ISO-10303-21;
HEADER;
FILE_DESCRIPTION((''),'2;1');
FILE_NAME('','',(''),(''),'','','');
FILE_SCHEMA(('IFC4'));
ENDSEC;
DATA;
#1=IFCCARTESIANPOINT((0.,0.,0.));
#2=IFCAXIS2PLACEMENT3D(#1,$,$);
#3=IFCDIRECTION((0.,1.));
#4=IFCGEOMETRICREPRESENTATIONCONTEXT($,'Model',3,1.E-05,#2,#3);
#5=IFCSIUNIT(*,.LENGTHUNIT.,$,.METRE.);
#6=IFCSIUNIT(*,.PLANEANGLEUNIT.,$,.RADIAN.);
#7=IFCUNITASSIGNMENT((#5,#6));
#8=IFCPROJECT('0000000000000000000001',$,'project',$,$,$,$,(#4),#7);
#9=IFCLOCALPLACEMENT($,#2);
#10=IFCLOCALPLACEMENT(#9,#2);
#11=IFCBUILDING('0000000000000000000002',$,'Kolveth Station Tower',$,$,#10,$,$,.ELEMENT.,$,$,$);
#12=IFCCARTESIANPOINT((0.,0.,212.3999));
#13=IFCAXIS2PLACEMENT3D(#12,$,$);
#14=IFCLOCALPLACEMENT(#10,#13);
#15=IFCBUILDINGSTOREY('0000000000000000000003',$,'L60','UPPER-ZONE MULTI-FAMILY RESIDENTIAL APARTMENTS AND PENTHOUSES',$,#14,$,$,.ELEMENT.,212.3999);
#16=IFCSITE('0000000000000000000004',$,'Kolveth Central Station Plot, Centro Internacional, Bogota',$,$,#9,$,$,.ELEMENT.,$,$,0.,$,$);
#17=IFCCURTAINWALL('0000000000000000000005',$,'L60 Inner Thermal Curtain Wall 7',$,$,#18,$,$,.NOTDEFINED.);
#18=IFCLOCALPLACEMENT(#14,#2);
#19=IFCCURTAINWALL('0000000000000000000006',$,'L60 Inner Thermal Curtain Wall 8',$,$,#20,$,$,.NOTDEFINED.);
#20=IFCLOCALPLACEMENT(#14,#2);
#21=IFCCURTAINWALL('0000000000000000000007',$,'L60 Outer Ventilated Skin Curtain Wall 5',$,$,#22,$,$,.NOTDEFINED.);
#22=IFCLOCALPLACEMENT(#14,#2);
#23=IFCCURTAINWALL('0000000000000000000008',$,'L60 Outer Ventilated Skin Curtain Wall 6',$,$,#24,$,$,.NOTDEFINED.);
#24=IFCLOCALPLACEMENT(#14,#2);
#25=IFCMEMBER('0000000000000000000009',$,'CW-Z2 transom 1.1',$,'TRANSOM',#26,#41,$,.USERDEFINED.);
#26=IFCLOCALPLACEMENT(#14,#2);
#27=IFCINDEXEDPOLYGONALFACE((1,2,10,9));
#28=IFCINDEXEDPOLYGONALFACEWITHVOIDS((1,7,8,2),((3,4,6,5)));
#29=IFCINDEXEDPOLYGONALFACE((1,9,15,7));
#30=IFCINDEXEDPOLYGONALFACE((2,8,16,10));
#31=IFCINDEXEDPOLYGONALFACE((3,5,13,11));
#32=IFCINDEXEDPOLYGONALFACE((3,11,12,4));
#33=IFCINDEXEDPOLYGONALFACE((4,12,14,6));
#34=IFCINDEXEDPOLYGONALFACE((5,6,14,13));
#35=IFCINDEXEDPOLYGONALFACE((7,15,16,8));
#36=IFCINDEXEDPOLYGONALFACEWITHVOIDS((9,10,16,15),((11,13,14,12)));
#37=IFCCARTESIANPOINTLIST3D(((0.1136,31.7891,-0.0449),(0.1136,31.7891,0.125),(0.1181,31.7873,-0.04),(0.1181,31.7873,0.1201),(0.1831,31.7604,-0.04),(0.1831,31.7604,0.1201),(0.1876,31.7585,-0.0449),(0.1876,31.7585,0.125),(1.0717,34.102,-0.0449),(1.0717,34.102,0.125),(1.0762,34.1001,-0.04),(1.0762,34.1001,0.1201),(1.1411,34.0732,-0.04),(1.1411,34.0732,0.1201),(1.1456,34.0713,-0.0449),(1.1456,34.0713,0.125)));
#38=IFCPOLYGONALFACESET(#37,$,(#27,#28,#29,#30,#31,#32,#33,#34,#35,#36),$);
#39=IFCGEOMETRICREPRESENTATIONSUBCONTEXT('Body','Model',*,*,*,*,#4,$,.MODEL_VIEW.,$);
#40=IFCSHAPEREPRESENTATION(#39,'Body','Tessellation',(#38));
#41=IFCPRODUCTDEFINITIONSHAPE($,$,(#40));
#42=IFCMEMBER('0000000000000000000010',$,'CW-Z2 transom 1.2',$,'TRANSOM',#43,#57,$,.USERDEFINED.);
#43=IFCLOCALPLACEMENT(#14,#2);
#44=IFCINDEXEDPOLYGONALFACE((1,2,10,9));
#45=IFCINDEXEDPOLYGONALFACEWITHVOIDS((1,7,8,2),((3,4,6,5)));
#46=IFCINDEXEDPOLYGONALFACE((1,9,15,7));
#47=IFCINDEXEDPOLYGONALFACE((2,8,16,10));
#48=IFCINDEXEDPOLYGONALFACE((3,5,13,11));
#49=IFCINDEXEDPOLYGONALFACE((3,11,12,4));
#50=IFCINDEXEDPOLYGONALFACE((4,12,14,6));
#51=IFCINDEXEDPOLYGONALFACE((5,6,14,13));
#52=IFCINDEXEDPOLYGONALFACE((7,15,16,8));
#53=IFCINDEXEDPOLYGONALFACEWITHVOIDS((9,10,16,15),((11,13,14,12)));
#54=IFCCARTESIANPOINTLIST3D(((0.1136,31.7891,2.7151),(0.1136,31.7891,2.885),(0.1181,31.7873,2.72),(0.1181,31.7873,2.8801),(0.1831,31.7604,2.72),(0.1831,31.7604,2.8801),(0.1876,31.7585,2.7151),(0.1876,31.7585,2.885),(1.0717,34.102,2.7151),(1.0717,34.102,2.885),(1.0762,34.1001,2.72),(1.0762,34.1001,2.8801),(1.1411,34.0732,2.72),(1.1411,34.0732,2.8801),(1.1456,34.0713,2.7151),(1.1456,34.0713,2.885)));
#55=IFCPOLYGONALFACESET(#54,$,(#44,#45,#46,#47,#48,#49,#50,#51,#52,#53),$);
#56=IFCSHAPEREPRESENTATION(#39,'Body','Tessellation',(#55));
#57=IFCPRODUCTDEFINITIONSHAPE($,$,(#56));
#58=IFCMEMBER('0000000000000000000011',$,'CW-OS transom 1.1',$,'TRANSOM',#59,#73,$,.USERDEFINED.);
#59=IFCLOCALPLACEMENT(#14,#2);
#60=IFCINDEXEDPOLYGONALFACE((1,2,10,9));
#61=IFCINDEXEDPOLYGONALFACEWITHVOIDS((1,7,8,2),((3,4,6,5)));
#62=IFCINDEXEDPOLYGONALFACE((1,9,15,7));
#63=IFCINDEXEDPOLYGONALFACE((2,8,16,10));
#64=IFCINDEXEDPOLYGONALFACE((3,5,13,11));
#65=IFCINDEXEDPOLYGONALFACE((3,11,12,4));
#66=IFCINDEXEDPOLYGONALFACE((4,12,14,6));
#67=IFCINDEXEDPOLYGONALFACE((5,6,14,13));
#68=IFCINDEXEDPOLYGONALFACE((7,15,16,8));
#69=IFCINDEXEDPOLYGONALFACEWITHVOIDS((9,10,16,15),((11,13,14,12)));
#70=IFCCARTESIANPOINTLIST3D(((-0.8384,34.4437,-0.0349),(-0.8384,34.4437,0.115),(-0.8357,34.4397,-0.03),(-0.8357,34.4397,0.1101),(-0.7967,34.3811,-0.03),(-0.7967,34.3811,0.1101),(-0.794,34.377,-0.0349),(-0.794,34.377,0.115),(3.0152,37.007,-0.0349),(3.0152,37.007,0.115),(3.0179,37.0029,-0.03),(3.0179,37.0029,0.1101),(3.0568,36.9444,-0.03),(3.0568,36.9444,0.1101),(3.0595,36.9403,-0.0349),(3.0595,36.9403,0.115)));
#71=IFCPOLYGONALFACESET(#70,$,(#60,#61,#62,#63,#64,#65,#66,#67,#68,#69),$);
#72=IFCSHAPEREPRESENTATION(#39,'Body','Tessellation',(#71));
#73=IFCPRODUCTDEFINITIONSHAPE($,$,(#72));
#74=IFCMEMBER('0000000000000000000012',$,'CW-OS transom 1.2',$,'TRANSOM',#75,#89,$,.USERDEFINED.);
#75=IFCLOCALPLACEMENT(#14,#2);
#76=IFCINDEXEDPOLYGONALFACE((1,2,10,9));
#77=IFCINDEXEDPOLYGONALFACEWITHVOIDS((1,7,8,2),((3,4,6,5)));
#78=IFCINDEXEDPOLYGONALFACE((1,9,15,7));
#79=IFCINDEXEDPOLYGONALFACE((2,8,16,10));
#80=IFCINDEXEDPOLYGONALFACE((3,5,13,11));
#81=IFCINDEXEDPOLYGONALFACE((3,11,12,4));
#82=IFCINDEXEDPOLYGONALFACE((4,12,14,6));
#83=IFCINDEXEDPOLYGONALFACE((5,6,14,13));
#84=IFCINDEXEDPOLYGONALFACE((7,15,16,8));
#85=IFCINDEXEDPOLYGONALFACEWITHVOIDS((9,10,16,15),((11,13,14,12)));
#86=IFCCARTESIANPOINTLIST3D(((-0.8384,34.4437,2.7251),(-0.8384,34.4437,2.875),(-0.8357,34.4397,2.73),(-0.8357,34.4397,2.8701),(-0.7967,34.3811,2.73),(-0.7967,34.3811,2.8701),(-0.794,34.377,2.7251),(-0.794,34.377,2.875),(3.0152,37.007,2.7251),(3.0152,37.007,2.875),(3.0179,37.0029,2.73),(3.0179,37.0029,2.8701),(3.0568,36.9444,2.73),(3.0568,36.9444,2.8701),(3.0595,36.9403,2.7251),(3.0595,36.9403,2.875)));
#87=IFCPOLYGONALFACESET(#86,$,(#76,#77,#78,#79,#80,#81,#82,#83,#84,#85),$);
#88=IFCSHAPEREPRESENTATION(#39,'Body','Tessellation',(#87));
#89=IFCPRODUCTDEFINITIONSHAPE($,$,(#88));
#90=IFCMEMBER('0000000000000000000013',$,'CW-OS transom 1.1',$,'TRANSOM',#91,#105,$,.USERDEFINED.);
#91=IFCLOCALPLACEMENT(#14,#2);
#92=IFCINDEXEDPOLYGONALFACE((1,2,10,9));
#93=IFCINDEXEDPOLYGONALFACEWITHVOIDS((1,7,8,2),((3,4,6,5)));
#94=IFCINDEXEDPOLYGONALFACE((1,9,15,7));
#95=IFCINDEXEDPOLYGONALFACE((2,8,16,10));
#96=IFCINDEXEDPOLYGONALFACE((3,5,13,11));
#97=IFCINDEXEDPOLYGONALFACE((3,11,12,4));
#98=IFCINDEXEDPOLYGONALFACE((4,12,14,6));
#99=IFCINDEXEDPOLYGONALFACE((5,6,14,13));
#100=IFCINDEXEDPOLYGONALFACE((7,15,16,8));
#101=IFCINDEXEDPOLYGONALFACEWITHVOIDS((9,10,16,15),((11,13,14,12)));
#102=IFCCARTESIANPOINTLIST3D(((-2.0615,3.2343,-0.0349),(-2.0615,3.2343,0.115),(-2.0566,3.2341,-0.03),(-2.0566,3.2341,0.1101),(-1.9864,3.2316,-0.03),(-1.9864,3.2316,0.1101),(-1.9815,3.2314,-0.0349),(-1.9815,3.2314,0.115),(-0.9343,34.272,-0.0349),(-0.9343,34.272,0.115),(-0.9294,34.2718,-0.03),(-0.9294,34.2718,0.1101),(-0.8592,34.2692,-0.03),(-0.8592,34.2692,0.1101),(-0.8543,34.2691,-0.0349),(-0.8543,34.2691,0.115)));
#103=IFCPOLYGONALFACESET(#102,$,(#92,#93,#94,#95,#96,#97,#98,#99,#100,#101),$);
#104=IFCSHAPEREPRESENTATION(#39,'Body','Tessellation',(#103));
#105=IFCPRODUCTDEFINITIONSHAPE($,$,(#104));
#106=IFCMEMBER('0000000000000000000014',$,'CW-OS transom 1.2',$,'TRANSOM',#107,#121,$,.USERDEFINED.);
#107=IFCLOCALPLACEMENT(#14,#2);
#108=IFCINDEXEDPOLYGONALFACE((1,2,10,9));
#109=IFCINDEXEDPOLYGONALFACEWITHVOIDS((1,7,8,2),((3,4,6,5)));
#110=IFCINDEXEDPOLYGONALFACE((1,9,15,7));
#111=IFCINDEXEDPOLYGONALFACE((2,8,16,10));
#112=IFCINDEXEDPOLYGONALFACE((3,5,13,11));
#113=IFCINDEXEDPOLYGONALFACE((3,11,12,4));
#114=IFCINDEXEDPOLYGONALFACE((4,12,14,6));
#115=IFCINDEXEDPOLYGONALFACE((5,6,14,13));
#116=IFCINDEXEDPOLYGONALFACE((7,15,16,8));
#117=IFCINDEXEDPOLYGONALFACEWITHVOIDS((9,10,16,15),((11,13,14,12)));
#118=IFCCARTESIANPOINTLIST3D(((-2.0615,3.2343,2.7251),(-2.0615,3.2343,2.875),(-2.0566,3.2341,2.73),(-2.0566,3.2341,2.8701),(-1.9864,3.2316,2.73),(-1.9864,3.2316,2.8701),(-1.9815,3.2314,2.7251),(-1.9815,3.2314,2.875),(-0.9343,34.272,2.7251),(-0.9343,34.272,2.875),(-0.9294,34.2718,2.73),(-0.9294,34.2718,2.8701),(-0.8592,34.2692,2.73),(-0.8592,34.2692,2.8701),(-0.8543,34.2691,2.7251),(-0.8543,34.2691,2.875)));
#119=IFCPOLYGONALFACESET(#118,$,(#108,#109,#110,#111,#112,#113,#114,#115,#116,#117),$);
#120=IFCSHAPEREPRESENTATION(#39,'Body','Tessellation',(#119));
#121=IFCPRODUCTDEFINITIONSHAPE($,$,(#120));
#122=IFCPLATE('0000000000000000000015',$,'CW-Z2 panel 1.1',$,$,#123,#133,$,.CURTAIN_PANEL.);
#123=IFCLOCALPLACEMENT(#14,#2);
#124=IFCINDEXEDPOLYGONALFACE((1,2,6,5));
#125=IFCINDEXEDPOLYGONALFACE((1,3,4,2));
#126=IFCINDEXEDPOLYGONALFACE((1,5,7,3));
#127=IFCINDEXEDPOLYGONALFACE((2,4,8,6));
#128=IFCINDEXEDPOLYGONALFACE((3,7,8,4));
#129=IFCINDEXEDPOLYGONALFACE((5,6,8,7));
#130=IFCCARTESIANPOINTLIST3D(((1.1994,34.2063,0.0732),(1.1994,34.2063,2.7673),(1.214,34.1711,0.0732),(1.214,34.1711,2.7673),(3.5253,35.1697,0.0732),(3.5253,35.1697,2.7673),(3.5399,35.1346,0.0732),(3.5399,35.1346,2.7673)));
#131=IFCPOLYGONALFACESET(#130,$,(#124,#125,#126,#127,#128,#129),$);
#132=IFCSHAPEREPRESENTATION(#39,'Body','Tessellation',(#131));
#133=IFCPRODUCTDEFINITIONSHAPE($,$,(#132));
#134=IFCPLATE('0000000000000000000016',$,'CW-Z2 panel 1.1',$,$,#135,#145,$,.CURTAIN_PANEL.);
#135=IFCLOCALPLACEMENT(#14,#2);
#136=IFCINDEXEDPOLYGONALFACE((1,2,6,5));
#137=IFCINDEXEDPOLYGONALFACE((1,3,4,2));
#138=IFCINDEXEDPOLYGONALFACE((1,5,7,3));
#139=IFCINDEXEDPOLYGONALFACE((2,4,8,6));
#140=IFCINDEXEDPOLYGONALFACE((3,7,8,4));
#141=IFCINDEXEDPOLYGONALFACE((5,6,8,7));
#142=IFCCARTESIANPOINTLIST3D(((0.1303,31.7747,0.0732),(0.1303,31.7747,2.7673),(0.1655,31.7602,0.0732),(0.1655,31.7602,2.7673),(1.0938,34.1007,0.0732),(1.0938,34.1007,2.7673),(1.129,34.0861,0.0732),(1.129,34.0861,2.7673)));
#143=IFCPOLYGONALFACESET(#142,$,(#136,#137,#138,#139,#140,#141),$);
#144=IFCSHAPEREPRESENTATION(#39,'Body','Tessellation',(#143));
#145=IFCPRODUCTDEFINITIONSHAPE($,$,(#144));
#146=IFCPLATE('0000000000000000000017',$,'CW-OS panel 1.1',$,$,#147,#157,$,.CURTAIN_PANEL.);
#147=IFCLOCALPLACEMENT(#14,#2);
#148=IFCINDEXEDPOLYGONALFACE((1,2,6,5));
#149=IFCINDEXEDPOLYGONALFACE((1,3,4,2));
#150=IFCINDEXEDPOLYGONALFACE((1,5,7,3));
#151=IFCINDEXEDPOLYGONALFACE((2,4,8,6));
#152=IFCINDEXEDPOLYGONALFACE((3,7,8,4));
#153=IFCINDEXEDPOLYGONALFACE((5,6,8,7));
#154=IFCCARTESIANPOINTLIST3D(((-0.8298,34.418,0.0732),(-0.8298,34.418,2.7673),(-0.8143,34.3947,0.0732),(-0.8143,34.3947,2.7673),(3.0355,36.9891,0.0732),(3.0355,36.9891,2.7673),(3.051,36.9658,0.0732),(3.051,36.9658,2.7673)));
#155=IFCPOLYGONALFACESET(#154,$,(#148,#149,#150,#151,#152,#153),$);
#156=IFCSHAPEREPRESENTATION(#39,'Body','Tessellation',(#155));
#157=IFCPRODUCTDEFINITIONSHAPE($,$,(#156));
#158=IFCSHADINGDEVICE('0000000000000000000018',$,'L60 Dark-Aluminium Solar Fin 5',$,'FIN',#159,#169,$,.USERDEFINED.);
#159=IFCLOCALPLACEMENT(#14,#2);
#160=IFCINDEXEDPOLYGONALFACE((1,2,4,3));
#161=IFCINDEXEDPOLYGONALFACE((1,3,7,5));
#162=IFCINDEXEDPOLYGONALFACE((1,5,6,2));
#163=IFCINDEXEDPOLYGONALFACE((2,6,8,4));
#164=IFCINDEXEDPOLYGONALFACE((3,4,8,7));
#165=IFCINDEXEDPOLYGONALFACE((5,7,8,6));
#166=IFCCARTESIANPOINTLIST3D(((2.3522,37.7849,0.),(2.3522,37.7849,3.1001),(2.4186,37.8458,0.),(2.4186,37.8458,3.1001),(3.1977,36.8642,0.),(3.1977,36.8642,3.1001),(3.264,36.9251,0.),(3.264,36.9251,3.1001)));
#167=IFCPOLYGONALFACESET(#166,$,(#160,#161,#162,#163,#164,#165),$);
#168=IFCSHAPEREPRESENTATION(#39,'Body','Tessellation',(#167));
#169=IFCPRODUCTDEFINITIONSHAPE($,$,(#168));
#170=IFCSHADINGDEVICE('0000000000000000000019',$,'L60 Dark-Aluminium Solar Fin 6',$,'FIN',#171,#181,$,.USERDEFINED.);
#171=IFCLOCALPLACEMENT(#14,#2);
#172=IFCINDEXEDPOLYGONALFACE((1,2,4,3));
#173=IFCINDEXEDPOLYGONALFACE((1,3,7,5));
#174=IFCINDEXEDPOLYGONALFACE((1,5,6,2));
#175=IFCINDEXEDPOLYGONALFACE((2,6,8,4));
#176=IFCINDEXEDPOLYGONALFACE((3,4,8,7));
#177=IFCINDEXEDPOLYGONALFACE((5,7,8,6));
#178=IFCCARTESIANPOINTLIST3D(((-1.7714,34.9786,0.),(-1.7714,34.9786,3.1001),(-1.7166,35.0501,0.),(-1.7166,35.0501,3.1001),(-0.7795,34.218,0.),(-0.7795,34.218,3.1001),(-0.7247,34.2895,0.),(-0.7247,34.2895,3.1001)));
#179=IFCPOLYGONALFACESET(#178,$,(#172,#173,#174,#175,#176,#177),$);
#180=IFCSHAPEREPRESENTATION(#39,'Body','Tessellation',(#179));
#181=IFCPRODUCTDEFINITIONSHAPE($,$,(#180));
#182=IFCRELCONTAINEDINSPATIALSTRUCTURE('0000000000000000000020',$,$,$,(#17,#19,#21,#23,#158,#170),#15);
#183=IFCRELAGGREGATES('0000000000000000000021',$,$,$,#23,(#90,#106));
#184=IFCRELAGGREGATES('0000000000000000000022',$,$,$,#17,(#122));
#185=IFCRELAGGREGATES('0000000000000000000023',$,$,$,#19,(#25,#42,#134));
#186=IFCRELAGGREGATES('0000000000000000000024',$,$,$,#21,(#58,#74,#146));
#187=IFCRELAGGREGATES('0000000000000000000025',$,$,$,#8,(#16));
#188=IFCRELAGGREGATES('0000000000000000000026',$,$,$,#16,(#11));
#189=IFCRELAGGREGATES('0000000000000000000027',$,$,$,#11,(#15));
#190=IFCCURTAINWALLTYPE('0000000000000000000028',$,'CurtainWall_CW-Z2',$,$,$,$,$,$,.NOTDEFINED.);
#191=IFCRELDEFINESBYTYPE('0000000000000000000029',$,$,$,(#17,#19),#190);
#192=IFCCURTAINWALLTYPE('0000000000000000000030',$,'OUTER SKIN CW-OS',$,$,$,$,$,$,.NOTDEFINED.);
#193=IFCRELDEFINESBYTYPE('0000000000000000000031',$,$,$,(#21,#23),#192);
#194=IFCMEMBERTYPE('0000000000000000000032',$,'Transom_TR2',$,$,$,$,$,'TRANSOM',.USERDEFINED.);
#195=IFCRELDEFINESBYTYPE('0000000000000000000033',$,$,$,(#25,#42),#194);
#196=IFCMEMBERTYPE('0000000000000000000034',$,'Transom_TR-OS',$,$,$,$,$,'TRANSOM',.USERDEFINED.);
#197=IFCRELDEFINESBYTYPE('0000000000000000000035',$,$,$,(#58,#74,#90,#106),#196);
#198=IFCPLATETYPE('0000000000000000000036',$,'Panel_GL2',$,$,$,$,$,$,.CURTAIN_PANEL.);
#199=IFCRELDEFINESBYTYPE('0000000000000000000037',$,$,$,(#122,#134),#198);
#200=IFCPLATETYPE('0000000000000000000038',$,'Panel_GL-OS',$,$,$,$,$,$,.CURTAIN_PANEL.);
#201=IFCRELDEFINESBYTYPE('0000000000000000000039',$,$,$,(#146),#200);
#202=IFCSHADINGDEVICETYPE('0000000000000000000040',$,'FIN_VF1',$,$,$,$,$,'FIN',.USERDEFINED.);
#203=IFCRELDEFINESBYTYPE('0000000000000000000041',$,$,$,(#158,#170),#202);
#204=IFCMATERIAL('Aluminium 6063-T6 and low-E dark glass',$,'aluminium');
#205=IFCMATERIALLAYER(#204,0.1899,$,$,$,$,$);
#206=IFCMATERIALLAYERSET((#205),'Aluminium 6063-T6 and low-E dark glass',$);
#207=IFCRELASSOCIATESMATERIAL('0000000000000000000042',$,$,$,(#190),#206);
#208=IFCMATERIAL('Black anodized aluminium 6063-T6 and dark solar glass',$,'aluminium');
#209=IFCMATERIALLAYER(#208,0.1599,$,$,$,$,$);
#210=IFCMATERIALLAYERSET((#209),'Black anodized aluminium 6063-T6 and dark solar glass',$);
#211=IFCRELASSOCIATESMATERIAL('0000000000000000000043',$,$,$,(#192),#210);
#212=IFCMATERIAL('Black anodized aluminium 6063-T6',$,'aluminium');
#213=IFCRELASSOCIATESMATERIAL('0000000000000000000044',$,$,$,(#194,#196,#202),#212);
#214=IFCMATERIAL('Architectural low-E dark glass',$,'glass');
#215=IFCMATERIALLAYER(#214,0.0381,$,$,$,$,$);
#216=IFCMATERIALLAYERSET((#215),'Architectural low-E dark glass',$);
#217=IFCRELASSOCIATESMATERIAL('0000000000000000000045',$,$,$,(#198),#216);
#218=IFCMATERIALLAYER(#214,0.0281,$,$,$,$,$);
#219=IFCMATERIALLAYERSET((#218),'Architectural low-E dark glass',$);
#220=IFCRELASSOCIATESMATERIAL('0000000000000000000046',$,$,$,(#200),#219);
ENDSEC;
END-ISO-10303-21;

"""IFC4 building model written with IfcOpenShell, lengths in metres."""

from ifc_helpers import new_model, si_unit, direction, frame, origin, origin_2d, place, context, subcontext, project, spatial, rectangle, hollow_rectangle, extrude, source, transform, mapped, material, layer, layer_set, material_profile, profile_set, type_object, element, aggregate, save


model = new_model("IFC4")

# Units and contexts
model_context = context("Model", 3, precision=1e-05, world=origin(), true_north=direction((0.0, 1.0)))
body_context = subcontext(model_context, "Body", "Model", "MODEL_VIEW")
ifc_project = project(units=[si_unit("LENGTHUNIT", "METRE"), si_unit("PLANEANGLEUNIT", "RADIAN")], contexts=[model_context])

# Site, building, storey
site_placement = place(None, origin())
site = spatial("IfcSite", under=ifc_project, at=site_placement, Name="Kolveth Central Station Plot, Centro Internacional, Bogota", CompositionType="ELEMENT", RefElevation=0.0)
building_placement = place(site_placement, origin())
building = spatial("IfcBuilding", under=site, at=building_placement, Name="Kolveth Station Tower", CompositionType="ELEMENT")
storey_placement = place(building_placement, frame((0.0, 0.0, 212.3999)))
storey = spatial("IfcBuildingStorey", under=building, at=storey_placement, Name="L60", Description="UPPER-ZONE MULTI-FAMILY RESIDENTIAL APARTMENTS AND PENTHOUSES", CompositionType="ELEMENT", Elevation=212.3999)

# Shared definitions
ifc_material_1 = material(Name="Aluminium 6063-T6 and low-E dark glass", Category="aluminium")
ifc_layer_1 = layer(ifc_material_1, 0.1899)
ifc_layer_set_1 = layer_set([ifc_layer_1], Name="Aluminium 6063-T6 and low-E dark glass")
curtain_wall_type_1 = type_object("IfcCurtainWallType", Name="CurtainWall_CW-Z2", PredefinedType="NOTDEFINED", material=ifc_layer_set_1)
ifc_material_2 = material(Name="Black anodized aluminium 6063-T6", Category="aluminium")

# Curtain wall
curtain_wall_1_placement = place(storey_placement, origin())
curtain_wall_1 = element("IfcCurtainWall", 1, at=curtain_wall_1_placement, inside=storey, type_object=curtain_wall_type_1, Name="L60 Inner Thermal Curtain Wall 7", PredefinedType="NOTDEFINED")

# Curtain wall
curtain_wall_2_placement = place(storey_placement, origin())
curtain_wall_2 = element("IfcCurtainWall", 2, at=curtain_wall_2_placement, inside=storey, type_object=curtain_wall_type_1, Name="L60 Inner Thermal Curtain Wall 8", PredefinedType="NOTDEFINED")
ifc_material_3 = material(Name="Black anodized aluminium 6063-T6 and dark solar glass", Category="aluminium")
ifc_layer_2 = layer(ifc_material_3, 0.1599)
ifc_layer_set_2 = layer_set([ifc_layer_2], Name="Black anodized aluminium 6063-T6 and dark solar glass")
curtain_wall_type_2 = type_object("IfcCurtainWallType", Name="OUTER SKIN CW-OS", PredefinedType="NOTDEFINED", material=ifc_layer_set_2)

# Curtain wall
curtain_wall_3_placement = place(storey_placement, origin())
curtain_wall_3 = element("IfcCurtainWall", 3, at=curtain_wall_3_placement, inside=storey, type_object=curtain_wall_type_2, Name="L60 Outer Ventilated Skin Curtain Wall 5", PredefinedType="NOTDEFINED")

# Curtain wall
curtain_wall_4_placement = place(storey_placement, origin())
curtain_wall_4 = element("IfcCurtainWall", 4, at=curtain_wall_4_placement, inside=storey, type_object=curtain_wall_type_2, Name="L60 Outer Ventilated Skin Curtain Wall 6", PredefinedType="NOTDEFINED")

# Members
ifc_material_profile_1 = material_profile(ifc_material_2, hollow_rectangle(XDim=0.0801, YDim=0.1699, WallThickness=0.0049, at=origin_2d()), Name="ALU-80x170x5")
ifc_profile_set_1 = profile_set([ifc_material_profile_1], Name="Black anodized aluminium 6063-T6")
member_type_1 = type_object("IfcMemberType", Name="Transom_TR2", ElementType="TRANSOM", PredefinedType="USERDEFINED", material=ifc_profile_set_1)
shared_shape_1 = source(origin(), body_context, "Body", "SweptSolid", [
    extrude(hollow_rectangle(XDim=0.0801, YDim=0.1699, WallThickness=0.0049, at=origin_2d()), origin(), (0.0, 0.0, 1.0), 2.5034),
])
member_1_placement = place(storey_placement, frame((1.1086, 34.0867, 0.04), z_axis=(-0.382696, -0.923874, 0.0), x_axis=(0.923874, -0.382696, 0.0)))
member_1 = element("IfcMember", 5, at=member_1_placement, type_object=member_type_1, Name="CW-Z2 transom 1.1", ObjectType="TRANSOM", PredefinedType="USERDEFINED", context=body_context, shape_type="MappedRepresentation", body=[
    mapped(shared_shape_1, transform((0.0, 0.0, 0.0), x_axis=(1.0, 0.0, 0.0), y_axis=(0.0, 1.0, 0.0), z_axis=(0.0, 0.0, 1.0), scale=1.0)),
])
member_2_placement = place(storey_placement, frame((1.1086, 34.0867, 2.8), z_axis=(-0.382696, -0.923874, 0.0), x_axis=(0.923874, -0.382696, 0.0)))
member_2 = element("IfcMember", 6, at=member_2_placement, type_object=member_type_1, Name="CW-Z2 transom 1.2", ObjectType="TRANSOM", PredefinedType="USERDEFINED", context=body_context, shape_type="MappedRepresentation", body=[
    mapped(shared_shape_1, transform((0.0, 0.0, 0.0), x_axis=(1.0, 0.0, 0.0), y_axis=(0.0, 1.0, 0.0), z_axis=(0.0, 0.0, 1.0), scale=1.0)),
])
ifc_material_profile_2 = material_profile(ifc_material_2, hollow_rectangle(XDim=0.0801, YDim=0.1499, WallThickness=0.0049, at=origin_2d()), Name="ALU-80x150x5")
ifc_profile_set_2 = profile_set([ifc_material_profile_2], Name="Black anodized aluminium 6063-T6")
member_type_2 = type_object("IfcMemberType", Name="Transom_TR-OS", ElementType="TRANSOM", PredefinedType="USERDEFINED", material=ifc_profile_set_2)
shared_shape_2 = source(origin(), body_context, "Body", "SweptSolid", [
    extrude(hollow_rectangle(XDim=0.0801, YDim=0.1499, WallThickness=0.0049, at=origin_2d()), origin(), (0.0, 0.0, 1.0), 4.6282),
])
member_3_placement = place(storey_placement, frame((3.0374, 36.9736, 0.04), z_axis=(-0.832626, -0.553836, 0.0), x_axis=(0.553836, -0.832626, 0.0)))
member_3 = element("IfcMember", 7, at=member_3_placement, type_object=member_type_2, Name="CW-OS transom 1.1", ObjectType="TRANSOM", PredefinedType="USERDEFINED", context=body_context, shape_type="MappedRepresentation", body=[
    mapped(shared_shape_2, transform((0.0, 0.0, 0.0), x_axis=(1.0, 0.0, 0.0), y_axis=(0.0, 1.0, 0.0), z_axis=(0.0, 0.0, 1.0), scale=1.0)),
])
member_4_placement = place(storey_placement, frame((3.0374, 36.9736, 2.8), z_axis=(-0.832626, -0.553836, 0.0), x_axis=(0.553836, -0.832626, 0.0)))
member_4 = element("IfcMember", 8, at=member_4_placement, type_object=member_type_2, Name="CW-OS transom 1.2", ObjectType="TRANSOM", PredefinedType="USERDEFINED", context=body_context, shape_type="MappedRepresentation", body=[
    mapped(shared_shape_2, transform((0.0, 0.0, 0.0), x_axis=(1.0, 0.0, 0.0), y_axis=(0.0, 1.0, 0.0), z_axis=(0.0, 0.0, 1.0), scale=1.0)),
])
shared_shape_3 = source(origin(), body_context, "Body", "SweptSolid", [
    extrude(hollow_rectangle(XDim=0.0801, YDim=0.1499, WallThickness=0.0049, at=origin_2d()), origin(), (0.0, 0.0, 1.0), 31.0581),
])
member_5_placement = place(storey_placement, frame((-0.8943, 34.2705, 0.04), z_axis=(-0.036293, -0.999341, 0.0), x_axis=(0.999341, -0.036293, 0.0)))
member_5 = element("IfcMember", 9, at=member_5_placement, type_object=member_type_2, Name="CW-OS transom 1.1", ObjectType="TRANSOM", PredefinedType="USERDEFINED", context=body_context, shape_type="MappedRepresentation", body=[
    mapped(shared_shape_3, transform((0.0, 0.0, 0.0), x_axis=(1.0, 0.0, 0.0), y_axis=(0.0, 1.0, 0.0), z_axis=(0.0, 0.0, 1.0), scale=1.0)),
])
member_6_placement = place(storey_placement, frame((-0.8943, 34.2705, 2.8), z_axis=(-0.036293, -0.999341, 0.0), x_axis=(0.999341, -0.036293, 0.0)))
member_6 = element("IfcMember", 10, at=member_6_placement, type_object=member_type_2, Name="CW-OS transom 1.2", ObjectType="TRANSOM", PredefinedType="USERDEFINED", context=body_context, shape_type="MappedRepresentation", body=[
    mapped(shared_shape_3, transform((0.0, 0.0, 0.0), x_axis=(1.0, 0.0, 0.0), y_axis=(0.0, 1.0, 0.0), z_axis=(0.0, 0.0, 1.0), scale=1.0)),
])
aggregate(curtain_wall_4, [member_5, member_6])

# Plates
ifc_material_4 = material(Name="Architectural low-E dark glass", Category="glass")
ifc_layer_3 = layer(ifc_material_4, 0.0381)
ifc_layer_set_3 = layer_set([ifc_layer_3], Name="Architectural low-E dark glass")
plate_type_1 = type_object("IfcPlateType", Name="Panel_GL2", PredefinedType="CURTAIN_PANEL", material=ifc_layer_set_3)
shared_shape_4 = source(origin(), body_context, "Body", "SweptSolid", [
    extrude(rectangle(XDim=2.5176, YDim=0.0381, at=origin_2d()), origin(), (0.0, 0.0, 1.0), 2.6941),
])
plate_1_placement = place(storey_placement, frame((2.3696, 34.6704, 0.0732), z_axis=(0.0, 0.0, 1.0), x_axis=(-0.923874, -0.382698, 0.0)))
plate_1 = element("IfcPlate", 11, at=plate_1_placement, type_object=plate_type_1, Name="CW-Z2 panel 1.1", PredefinedType="CURTAIN_PANEL", context=body_context, shape_type="MappedRepresentation", body=[
    mapped(shared_shape_4, transform((0.0, 0.0, 0.0), x_axis=(1.0, 0.0, 0.0), y_axis=(0.0, 1.0, 0.0), z_axis=(0.0, 0.0, 1.0), scale=1.0)),
])
aggregate(curtain_wall_1, [plate_1])
plate_2_placement = place(storey_placement, frame((0.6296, 32.9304, 0.0732), z_axis=(0.0, 0.0, 1.0), x_axis=(-0.382698, -0.923874, 0.0)))
plate_2 = element("IfcPlate", 12, at=plate_2_placement, type_object=plate_type_1, Name="CW-Z2 panel 1.1", PredefinedType="CURTAIN_PANEL", context=body_context, shape_type="MappedRepresentation", body=[
    mapped(shared_shape_4, transform((0.0, 0.0, 0.0), x_axis=(1.0, 0.0, 0.0), y_axis=(0.0, 1.0, 0.0), z_axis=(0.0, 0.0, 1.0), scale=1.0)),
])
aggregate(curtain_wall_2, [member_1, member_2, plate_2])
ifc_layer_4 = layer(ifc_material_4, 0.0281)
ifc_layer_set_4 = layer_set([ifc_layer_4], Name="Architectural low-E dark glass")
plate_type_2 = type_object("IfcPlateType", Name="Panel_GL-OS", PredefinedType="CURTAIN_PANEL", material=ifc_layer_set_4)
shared_shape_5 = source(origin(), body_context, "Body", "SweptSolid", [
    extrude(rectangle(XDim=4.6423, YDim=0.0281, at=origin_2d()), origin(), (0.0, 0.0, 1.0), 2.6941),
])
plate_3_placement = place(storey_placement, frame((1.1106, 35.6919, 0.0732), z_axis=(0.0, 0.0, 1.0), x_axis=(-0.832626, -0.553836, 0.0)))
plate_3 = element("IfcPlate", 13, at=plate_3_placement, type_object=plate_type_2, Name="CW-OS panel 1.1", PredefinedType="CURTAIN_PANEL", context=body_context, shape_type="MappedRepresentation", body=[
    mapped(shared_shape_5, transform((0.0, 0.0, 0.0), x_axis=(1.0, 0.0, 0.0), y_axis=(0.0, 1.0, 0.0), z_axis=(0.0, 0.0, 1.0), scale=1.0)),
])
aggregate(curtain_wall_3, [member_3, member_4, plate_3])

# Shading devices
shading_device_type = type_object("IfcShadingDeviceType", Name="FIN_VF1", ElementType="FIN", PredefinedType="USERDEFINED", material=ifc_material_2)
shared_shape_6 = source(origin(), body_context, "Body", "SweptSolid", [
    extrude(rectangle(XDim=1.25, YDim=0.0901, at=origin_2d()), origin(), (0.0, 0.0, 1.0), 3.1001),
])
for number, where, z_axis, x_axis, name in (
    (14, (2.8081, 37.355, 0.0), (0.0, 0.0, 1.0), (-0.676362, 0.736569, 0.0), "L60 Dark-Aluminium Solar Fin 5"),
    (15, (-1.248, 34.634, 0.0), (0.0, 0.0, 1.0), (-0.793566, 0.608484, 0.0), "L60 Dark-Aluminium Solar Fin 6"),
):
    element("IfcShadingDevice", number, at=place(storey_placement, frame(where, z_axis=z_axis, x_axis=x_axis)), inside=storey, type_object=shading_device_type, Name=name, ObjectType="FIN", PredefinedType="USERDEFINED", context=body_context, shape_type="MappedRepresentation", body=[
        mapped(shared_shape_6, transform((0.0, 0.0, 0.0), x_axis=(1.0, 0.0, 0.0), y_axis=(0.0, 1.0, 0.0), z_axis=(0.0, 0.0, 1.0), scale=1.0)),
    ])

save(model, "model.ifc")
